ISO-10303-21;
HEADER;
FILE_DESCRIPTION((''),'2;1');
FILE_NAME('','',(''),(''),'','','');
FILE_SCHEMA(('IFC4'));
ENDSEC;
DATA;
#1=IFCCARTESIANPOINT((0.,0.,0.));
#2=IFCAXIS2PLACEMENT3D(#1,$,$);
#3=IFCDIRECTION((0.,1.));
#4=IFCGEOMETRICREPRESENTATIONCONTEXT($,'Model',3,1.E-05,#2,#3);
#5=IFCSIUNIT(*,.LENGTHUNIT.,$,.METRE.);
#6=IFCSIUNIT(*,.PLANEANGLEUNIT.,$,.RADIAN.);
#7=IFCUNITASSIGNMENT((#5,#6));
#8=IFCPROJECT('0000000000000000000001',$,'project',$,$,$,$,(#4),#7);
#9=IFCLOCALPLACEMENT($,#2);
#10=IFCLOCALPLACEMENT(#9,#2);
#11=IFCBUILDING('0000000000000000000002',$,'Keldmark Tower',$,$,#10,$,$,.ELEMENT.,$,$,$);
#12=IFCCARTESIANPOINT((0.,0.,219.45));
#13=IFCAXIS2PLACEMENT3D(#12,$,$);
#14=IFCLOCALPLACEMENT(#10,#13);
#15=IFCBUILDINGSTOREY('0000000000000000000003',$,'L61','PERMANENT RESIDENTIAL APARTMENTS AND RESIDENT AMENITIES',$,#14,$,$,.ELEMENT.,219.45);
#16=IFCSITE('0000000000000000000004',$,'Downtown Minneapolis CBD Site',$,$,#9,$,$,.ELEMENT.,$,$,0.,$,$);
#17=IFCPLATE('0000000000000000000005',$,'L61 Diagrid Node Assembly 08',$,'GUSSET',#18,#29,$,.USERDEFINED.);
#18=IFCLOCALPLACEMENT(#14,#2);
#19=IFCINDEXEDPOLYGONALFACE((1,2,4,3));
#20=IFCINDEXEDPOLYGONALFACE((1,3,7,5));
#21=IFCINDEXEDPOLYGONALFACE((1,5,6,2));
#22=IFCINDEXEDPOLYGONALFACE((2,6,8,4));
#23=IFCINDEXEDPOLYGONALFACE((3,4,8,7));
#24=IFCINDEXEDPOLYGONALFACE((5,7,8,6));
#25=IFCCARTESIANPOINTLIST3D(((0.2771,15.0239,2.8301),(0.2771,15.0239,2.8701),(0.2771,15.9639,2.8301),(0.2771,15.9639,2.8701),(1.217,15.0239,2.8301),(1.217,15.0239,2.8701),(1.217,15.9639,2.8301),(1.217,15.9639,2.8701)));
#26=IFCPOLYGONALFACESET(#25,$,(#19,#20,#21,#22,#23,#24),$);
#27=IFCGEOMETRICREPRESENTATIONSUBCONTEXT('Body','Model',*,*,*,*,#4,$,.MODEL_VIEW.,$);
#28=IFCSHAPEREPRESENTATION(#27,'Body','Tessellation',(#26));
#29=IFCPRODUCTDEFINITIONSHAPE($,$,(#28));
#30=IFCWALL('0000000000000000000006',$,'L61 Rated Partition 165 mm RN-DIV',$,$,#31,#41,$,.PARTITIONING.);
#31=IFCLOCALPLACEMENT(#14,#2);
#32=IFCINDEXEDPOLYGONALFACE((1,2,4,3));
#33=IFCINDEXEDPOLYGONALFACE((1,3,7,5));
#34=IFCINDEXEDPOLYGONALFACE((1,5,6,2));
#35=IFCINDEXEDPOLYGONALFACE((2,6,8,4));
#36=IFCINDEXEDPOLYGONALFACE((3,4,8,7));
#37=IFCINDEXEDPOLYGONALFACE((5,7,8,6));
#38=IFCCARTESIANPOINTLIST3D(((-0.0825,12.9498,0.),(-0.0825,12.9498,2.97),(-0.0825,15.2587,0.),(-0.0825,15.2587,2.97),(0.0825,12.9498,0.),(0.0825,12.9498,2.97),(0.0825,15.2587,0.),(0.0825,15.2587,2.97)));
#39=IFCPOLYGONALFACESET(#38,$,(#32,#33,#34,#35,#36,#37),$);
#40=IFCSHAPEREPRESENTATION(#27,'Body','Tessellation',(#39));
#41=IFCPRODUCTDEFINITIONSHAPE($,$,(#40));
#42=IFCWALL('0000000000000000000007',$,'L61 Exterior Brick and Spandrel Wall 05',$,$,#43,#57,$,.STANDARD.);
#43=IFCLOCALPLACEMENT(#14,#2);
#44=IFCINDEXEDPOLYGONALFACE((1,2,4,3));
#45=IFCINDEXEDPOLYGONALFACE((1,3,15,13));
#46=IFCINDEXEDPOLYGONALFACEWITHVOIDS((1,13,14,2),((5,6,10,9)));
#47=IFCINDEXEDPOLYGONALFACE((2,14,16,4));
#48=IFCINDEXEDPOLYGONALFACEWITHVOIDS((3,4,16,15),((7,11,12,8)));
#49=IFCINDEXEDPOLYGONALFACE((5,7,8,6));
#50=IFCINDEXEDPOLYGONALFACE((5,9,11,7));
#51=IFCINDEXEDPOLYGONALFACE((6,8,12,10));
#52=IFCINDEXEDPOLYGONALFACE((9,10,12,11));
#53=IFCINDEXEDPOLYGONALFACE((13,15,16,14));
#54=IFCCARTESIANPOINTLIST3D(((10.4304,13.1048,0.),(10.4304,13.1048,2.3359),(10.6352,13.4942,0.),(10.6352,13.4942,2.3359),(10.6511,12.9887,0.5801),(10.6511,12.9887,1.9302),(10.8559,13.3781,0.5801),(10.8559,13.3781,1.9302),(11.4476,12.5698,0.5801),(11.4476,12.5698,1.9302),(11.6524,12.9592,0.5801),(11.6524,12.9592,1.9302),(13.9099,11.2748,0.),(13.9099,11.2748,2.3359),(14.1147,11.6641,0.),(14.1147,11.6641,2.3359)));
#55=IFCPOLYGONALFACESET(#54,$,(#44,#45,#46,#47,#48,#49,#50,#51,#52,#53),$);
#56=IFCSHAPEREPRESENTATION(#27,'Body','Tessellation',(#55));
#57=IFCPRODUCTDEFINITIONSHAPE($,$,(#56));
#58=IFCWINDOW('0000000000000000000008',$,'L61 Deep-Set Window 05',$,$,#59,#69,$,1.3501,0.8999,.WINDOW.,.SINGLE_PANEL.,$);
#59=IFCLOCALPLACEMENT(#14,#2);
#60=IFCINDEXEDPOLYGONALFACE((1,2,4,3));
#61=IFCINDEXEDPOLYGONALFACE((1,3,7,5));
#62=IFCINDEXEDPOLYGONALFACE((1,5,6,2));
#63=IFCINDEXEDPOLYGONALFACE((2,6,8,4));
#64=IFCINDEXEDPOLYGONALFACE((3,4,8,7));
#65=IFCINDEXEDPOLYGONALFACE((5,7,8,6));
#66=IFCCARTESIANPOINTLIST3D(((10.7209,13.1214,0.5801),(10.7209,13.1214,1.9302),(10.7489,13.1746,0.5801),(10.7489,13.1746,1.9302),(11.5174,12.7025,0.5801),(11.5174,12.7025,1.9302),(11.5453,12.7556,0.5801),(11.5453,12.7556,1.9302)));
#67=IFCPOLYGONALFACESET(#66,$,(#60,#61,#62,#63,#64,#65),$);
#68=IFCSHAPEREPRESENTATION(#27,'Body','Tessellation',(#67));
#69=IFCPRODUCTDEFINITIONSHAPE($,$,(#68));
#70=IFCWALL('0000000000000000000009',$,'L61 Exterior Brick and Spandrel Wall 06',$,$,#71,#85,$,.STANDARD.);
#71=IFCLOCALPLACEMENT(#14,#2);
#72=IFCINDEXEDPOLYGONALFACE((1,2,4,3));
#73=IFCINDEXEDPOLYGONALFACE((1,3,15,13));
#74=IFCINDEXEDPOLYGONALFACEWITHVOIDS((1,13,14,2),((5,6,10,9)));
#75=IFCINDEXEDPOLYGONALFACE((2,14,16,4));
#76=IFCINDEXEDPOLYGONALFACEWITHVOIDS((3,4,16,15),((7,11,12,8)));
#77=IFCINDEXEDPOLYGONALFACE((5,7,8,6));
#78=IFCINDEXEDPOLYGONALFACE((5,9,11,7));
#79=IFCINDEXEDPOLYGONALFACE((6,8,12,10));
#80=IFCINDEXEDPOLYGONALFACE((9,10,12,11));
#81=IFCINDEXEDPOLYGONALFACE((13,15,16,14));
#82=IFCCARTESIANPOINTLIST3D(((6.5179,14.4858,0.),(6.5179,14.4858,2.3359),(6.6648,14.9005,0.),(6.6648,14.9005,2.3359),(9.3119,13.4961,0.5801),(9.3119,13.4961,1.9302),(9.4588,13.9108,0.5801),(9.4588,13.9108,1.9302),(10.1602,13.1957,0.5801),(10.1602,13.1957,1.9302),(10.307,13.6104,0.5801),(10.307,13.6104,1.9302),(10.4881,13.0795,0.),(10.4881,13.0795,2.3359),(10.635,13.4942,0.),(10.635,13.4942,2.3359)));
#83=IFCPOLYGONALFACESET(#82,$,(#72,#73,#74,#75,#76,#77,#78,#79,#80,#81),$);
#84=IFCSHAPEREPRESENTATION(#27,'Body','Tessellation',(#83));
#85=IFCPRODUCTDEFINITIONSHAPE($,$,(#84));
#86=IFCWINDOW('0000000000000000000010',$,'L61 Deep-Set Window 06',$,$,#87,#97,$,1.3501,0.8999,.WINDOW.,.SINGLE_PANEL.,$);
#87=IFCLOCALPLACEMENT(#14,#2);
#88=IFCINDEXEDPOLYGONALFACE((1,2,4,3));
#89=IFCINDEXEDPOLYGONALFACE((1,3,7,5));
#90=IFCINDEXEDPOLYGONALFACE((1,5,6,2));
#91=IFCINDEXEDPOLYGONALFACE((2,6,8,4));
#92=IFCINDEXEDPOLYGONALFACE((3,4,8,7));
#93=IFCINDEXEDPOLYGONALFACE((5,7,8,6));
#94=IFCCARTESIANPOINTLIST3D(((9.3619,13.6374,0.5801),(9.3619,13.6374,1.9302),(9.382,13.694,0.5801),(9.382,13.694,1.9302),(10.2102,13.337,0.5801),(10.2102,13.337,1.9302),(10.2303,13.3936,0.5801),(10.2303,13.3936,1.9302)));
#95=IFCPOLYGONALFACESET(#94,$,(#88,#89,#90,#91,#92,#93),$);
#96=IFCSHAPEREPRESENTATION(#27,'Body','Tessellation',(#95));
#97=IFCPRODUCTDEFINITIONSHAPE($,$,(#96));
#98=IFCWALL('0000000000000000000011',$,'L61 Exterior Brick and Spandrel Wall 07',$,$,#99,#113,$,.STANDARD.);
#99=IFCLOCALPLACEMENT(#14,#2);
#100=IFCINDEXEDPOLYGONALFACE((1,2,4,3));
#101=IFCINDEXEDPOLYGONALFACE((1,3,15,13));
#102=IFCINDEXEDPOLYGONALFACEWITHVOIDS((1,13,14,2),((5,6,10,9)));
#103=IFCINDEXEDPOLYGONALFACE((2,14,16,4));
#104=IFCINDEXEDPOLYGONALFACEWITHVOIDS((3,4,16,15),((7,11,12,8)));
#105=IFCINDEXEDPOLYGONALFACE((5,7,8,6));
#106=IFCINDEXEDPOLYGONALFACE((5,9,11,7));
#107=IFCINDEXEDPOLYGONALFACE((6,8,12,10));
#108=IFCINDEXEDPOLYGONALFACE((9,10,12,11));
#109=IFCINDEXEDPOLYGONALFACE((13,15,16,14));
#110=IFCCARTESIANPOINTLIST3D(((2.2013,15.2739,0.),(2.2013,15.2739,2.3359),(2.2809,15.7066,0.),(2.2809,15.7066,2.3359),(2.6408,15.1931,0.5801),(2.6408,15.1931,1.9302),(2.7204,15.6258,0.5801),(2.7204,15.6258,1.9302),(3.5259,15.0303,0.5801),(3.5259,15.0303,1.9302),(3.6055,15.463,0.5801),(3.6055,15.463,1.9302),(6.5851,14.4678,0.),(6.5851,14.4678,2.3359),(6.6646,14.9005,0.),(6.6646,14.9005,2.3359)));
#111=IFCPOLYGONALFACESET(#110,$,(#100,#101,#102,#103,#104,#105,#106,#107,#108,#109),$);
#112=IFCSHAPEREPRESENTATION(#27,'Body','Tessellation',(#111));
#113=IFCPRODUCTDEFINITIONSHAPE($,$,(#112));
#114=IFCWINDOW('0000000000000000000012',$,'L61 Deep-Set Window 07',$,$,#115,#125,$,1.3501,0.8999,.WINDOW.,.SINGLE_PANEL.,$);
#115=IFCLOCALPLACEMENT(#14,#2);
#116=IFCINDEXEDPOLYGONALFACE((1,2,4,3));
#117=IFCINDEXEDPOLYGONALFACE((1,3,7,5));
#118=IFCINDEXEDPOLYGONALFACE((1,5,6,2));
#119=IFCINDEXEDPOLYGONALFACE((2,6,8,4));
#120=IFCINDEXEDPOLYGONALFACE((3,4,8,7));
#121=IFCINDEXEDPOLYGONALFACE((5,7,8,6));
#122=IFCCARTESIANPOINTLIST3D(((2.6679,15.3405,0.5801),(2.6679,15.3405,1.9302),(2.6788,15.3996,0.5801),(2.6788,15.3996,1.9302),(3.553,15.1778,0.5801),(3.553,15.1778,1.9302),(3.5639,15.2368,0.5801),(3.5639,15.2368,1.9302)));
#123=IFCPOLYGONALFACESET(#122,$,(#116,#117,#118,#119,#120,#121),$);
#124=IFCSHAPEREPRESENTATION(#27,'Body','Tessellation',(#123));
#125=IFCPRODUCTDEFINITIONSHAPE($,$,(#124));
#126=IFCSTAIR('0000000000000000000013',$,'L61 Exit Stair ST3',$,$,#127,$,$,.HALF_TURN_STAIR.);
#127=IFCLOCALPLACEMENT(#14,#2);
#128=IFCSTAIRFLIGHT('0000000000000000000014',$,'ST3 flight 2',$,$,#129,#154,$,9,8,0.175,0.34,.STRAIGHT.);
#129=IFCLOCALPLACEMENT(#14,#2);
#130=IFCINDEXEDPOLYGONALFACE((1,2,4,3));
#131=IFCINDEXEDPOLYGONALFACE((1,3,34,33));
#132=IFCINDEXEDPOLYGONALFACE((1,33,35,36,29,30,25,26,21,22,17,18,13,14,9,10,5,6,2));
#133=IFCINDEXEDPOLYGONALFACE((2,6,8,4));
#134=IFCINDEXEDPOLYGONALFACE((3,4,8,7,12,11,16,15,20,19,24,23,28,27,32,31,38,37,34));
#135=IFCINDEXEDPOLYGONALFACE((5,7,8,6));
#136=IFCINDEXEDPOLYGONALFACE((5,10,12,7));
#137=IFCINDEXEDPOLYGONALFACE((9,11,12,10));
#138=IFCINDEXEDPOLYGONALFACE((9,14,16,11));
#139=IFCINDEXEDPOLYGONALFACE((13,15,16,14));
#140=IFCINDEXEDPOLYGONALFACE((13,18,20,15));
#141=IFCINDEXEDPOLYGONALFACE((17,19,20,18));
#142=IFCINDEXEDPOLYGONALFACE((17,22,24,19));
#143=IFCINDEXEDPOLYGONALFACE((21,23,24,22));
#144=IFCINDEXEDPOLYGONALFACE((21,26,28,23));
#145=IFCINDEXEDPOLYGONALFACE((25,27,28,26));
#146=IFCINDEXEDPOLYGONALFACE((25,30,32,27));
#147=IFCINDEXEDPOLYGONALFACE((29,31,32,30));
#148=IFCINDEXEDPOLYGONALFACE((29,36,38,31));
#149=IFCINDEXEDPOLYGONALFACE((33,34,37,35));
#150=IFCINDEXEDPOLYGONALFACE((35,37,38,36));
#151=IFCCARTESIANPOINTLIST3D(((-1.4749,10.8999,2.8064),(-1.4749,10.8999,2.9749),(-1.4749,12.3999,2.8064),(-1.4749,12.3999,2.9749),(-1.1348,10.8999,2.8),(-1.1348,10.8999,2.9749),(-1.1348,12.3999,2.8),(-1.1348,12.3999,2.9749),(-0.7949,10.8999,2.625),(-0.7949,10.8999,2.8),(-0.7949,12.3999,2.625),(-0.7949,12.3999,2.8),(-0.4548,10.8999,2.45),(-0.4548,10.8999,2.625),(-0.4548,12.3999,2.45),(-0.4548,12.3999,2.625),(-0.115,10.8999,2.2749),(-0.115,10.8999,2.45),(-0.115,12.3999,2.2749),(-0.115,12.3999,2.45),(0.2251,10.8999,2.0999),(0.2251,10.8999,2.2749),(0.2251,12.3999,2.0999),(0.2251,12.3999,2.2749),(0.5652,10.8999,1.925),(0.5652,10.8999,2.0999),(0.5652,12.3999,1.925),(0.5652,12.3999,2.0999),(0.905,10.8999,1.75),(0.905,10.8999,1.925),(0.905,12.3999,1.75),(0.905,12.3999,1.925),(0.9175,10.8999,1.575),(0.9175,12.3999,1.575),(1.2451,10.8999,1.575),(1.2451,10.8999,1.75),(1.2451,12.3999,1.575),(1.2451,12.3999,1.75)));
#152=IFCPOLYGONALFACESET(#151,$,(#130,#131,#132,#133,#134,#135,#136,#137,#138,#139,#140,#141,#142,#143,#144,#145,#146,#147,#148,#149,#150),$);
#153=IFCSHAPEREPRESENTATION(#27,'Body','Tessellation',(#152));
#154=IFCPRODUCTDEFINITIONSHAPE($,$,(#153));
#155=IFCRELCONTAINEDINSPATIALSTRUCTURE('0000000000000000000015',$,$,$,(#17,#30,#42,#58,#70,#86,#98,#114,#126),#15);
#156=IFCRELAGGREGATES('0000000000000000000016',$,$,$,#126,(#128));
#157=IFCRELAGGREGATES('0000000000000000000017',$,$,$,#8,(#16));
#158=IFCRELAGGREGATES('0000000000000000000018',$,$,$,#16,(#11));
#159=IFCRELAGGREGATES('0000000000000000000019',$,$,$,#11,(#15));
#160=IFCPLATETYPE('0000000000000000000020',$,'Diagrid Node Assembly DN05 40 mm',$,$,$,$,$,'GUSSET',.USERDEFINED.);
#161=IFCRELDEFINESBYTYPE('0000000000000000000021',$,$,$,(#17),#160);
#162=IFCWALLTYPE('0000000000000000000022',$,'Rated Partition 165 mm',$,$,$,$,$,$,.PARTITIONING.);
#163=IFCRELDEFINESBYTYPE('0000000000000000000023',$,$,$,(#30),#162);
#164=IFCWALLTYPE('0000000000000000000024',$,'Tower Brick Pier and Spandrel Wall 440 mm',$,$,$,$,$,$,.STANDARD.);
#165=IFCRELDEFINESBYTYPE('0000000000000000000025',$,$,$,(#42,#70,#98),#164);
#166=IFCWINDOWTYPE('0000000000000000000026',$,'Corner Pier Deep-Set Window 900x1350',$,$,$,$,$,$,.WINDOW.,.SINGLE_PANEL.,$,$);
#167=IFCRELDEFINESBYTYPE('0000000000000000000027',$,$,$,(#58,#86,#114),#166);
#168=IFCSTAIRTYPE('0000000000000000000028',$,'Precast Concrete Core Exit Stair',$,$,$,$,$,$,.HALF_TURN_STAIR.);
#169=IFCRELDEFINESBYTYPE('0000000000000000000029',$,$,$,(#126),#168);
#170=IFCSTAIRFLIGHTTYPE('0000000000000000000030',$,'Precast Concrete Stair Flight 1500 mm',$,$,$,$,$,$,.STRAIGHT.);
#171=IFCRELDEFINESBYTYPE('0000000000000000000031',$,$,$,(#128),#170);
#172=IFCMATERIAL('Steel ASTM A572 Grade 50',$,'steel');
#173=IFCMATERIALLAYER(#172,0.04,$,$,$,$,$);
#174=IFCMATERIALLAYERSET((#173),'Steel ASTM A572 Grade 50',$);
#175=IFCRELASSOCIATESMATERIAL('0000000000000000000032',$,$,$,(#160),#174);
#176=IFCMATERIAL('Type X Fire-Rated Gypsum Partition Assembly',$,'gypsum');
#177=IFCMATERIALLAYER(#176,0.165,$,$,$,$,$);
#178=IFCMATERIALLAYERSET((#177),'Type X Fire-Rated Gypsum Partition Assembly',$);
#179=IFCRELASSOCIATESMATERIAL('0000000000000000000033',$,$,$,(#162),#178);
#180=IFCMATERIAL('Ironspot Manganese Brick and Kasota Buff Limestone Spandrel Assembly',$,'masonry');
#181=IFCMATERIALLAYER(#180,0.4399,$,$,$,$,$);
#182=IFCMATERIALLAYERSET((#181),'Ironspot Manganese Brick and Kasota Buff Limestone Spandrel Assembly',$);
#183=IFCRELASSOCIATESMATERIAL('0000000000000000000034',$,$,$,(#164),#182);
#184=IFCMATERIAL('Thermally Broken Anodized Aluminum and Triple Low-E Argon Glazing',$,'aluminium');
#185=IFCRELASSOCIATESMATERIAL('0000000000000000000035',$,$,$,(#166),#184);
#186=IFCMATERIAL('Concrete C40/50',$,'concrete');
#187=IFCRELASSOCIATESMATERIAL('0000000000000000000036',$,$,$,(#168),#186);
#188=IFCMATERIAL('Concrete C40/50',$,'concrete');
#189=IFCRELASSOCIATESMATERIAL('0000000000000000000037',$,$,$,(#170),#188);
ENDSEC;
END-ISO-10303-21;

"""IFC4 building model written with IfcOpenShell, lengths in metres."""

from ifc_helpers import new_model, si_unit, direction, frame, frame_2d, origin, origin_2d, place, context, subcontext, project, spatial, polyline, rectangle, outline, extrude, material, layer, layer_set, type_object, element, fill, aggregate, save


model = new_model("IFC4")

# Units and contexts
model_context = context("Model", 3, precision=1e-05, world=origin(), true_north=direction((0.0, 1.0)))
body_context = subcontext(model_context, "Body", "Model", "MODEL_VIEW")
ifc_project = project(units=[si_unit("LENGTHUNIT", "METRE"), si_unit("PLANEANGLEUNIT", "RADIAN")], contexts=[model_context])

# Site, building, storey
site_placement = place(None, origin())
site = spatial("IfcSite", under=ifc_project, at=site_placement, Name="Downtown Minneapolis CBD Site", CompositionType="ELEMENT", RefElevation=0.0)
building_placement = place(site_placement, origin())
building = spatial("IfcBuilding", under=site, at=building_placement, Name="Keldmark Tower", CompositionType="ELEMENT")
storey_placement = place(building_placement, frame((0.0, 0.0, 219.45)))
storey = spatial("IfcBuildingStorey", under=building, at=storey_placement, Name="L61", Description="PERMANENT RESIDENTIAL APARTMENTS AND RESIDENT AMENITIES", CompositionType="ELEMENT", Elevation=219.45)

# Plate
ifc_material_1 = material(Name="Steel ASTM A572 Grade 50", Category="steel")
ifc_layer_1 = layer(ifc_material_1, 0.04)
ifc_layer_set_1 = layer_set([ifc_layer_1], Name="Steel ASTM A572 Grade 50")
plate_type_1 = type_object("IfcPlateType", Name="Diagrid Node Assembly DN05 40 mm", ElementType="GUSSET", PredefinedType="USERDEFINED", material=ifc_layer_set_1)
for number, where, z_axis, x_axis, name in (
    (1, (0.7471, 15.4939, 2.8301), (0.0, 0.0, 1.0), (-1.0, 0.0, 0.0), "L61 Diagrid Node Assembly 08"),
):
    element("IfcPlate", number, at=place(storey_placement, frame(where, z_axis=z_axis, x_axis=x_axis)), inside=storey, type_object=plate_type_1, Name=name, ObjectType="GUSSET", PredefinedType="USERDEFINED", context=body_context, shape_type="SweptSolid", body=[
        extrude(rectangle(XDim=0.9399, YDim=0.9399, at=origin_2d()), origin(), (0.0, 0.0, 1.0), 0.04),
    ])

# Wall
ifc_material_2 = material(Name="Type X Fire-Rated Gypsum Partition Assembly", Category="gypsum")
ifc_layer_2 = layer(ifc_material_2, 0.165)
ifc_layer_set_2 = layer_set([ifc_layer_2], Name="Type X Fire-Rated Gypsum Partition Assembly")
wall_type_1 = type_object("IfcWallType", Name="Rated Partition 165 mm", PredefinedType="PARTITIONING", material=ifc_layer_set_2)
wall_1_placement = place(storey_placement, frame((0.0, 12.95, 0.0), z_axis=(0.0, 0.0, 1.0), x_axis=(0.0, 1.0, 0.0)))
element("IfcWall", 2, at=wall_1_placement, inside=storey, type_object=wall_type_1, Name="L61 Rated Partition 165 mm RN-DIV", PredefinedType="PARTITIONING", context=body_context, shape_type="SweptSolid", body=[
    extrude(rectangle(XDim=2.3088, YDim=0.165, at=frame_2d((1.1543, 0.0))), origin(), (0.0, 0.0, 1.0), 2.97),
])

# Walls, openings, windows
ifc_material_3 = material(Name="Ironspot Manganese Brick and Kasota Buff Limestone Spandrel Assembly", Category="masonry")
ifc_layer_3 = layer(ifc_material_3, 0.4399)
ifc_layer_set_3 = layer_set([ifc_layer_3], Name="Ironspot Manganese Brick and Kasota Buff Limestone Spandrel Assembly")
wall_type_2 = type_object("IfcWallType", Name="Tower Brick Pier and Spandrel Wall 440 mm", PredefinedType="STANDARD", material=ifc_layer_set_3)
wall_2_placement = place(storey_placement, frame((10.5327, 13.2996, 0.0), z_axis=(0.0, 0.0, 1.0), x_axis=(0.885048, -0.465501, 0.0)))
wall_2 = element("IfcWall", 3, at=wall_2_placement, inside=storey, type_object=wall_type_2, Name="L61 Exterior Brick and Spandrel Wall 05", PredefinedType="STANDARD", context=body_context, shape_type="SweptSolid", body=[
    extrude(rectangle(XDim=3.9314, YDim=0.4399, at=frame_2d((1.9658, 0.0))), origin(), (0.0, 0.0, 1.0), 2.3359),
])
opening_1_placement = place(wall_2_placement, frame((0.2495, 0.0, 0.5801)))
opening_1 = element("IfcOpeningElement", 4, at=opening_1_placement, cuts=wall_2, PredefinedType="OPENING", context=body_context, shape_type="SweptSolid", body=[
    extrude(rectangle(XDim=0.8999, YDim=1.3501, at=frame_2d((0.45, 0.675))), frame((0.0, 0.23, 0.0), z_axis=(0.0, -1.0, 0.0), x_axis=(1.0, 0.0, 0.0)), (0.0, 0.0, 1.0), 0.46),
])
ifc_material_4 = material(Name="Thermally Broken Anodized Aluminum and Triple Low-E Argon Glazing", Category="aluminium")
window_type = type_object("IfcWindowType", Name="Corner Pier Deep-Set Window 900x1350", PartitioningType="SINGLE_PANEL", PredefinedType="WINDOW", material=ifc_material_4)
window_1_placement = place(opening_1_placement, origin())
window_1 = element("IfcWindow", 5, at=window_1_placement, inside=storey, type_object=window_type, Name="L61 Deep-Set Window 05", OverallHeight=1.3501, OverallWidth=0.8999, PartitioningType="SINGLE_PANEL", PredefinedType="WINDOW", context=body_context, shape_type="SweptSolid", body=[
    extrude(rectangle(XDim=0.8999, YDim=1.3501, at=frame_2d((0.45, 0.675))), frame((0.0, -0.01, 0.0), z_axis=(0.0, -1.0, 0.0), x_axis=(1.0, 0.0, 0.0)), (0.0, 0.0, 1.0), 0.0601),
])
fill(opening_1, window_1)
wall_3_placement = place(storey_placement, frame((6.5913, 14.6931, 0.0), z_axis=(0.0, 0.0, 1.0), x_axis=(0.942617, -0.333875, 0.0)))
wall_3 = element("IfcWall", 6, at=wall_3_placement, inside=storey, type_object=wall_type_2, Name="L61 Exterior Brick and Spandrel Wall 06", PredefinedType="STANDARD", context=body_context, shape_type="SweptSolid", body=[
    extrude(rectangle(XDim=4.2119, YDim=0.4399, at=frame_2d((2.106, 0.0))), origin(), (0.0, 0.0, 1.0), 2.3359),
])
opening_2_placement = place(wall_3_placement, frame((2.9641, 0.0, 0.5801)))
opening_2 = element("IfcOpeningElement", 7, at=opening_2_placement, cuts=wall_3, PredefinedType="OPENING", context=body_context, shape_type="SweptSolid", body=[
    extrude(rectangle(XDim=0.8999, YDim=1.3501, at=frame_2d((0.45, 0.675))), frame((0.0, 0.23, 0.0), z_axis=(0.0, -1.0, 0.0), x_axis=(1.0, 0.0, 0.0)), (0.0, 0.0, 1.0), 0.46),
])
window_2_placement = place(opening_2_placement, origin())
window_2 = element("IfcWindow", 8, at=window_2_placement, inside=storey, type_object=window_type, Name="L61 Deep-Set Window 06", OverallHeight=1.3501, OverallWidth=0.8999, PartitioningType="SINGLE_PANEL", PredefinedType="WINDOW", context=body_context, shape_type="SweptSolid", body=[
    extrude(rectangle(XDim=0.8999, YDim=1.3501, at=frame_2d((0.45, 0.675))), frame((0.0, -0.01, 0.0), z_axis=(0.0, -1.0, 0.0), x_axis=(1.0, 0.0, 0.0)), (0.0, 0.0, 1.0), 0.0601),
])
fill(opening_2, window_2)
wall_4_placement = place(storey_placement, frame((2.2412, 15.4902, 0.0), z_axis=(0.0, 0.0, 1.0), x_axis=(0.983509, -0.180861, 0.0)))
wall_4 = element("IfcWall", 9, at=wall_4_placement, inside=storey, type_object=wall_type_2, Name="L61 Exterior Brick and Spandrel Wall 07", PredefinedType="STANDARD", context=body_context, shape_type="SweptSolid", body=[
    extrude(rectangle(XDim=4.4573, YDim=0.4399, at=frame_2d((2.2285, 0.0))), origin(), (0.0, 0.0, 1.0), 2.3359),
])
opening_3_placement = place(wall_4_placement, frame((0.4468, 0.0, 0.5801)))
opening_3 = element("IfcOpeningElement", 10, at=opening_3_placement, cuts=wall_4, PredefinedType="OPENING", context=body_context, shape_type="SweptSolid", body=[
    extrude(rectangle(XDim=0.8999, YDim=1.3501, at=frame_2d((0.45, 0.675))), frame((0.0, 0.23, 0.0), z_axis=(0.0, -1.0, 0.0), x_axis=(1.0, 0.0, 0.0)), (0.0, 0.0, 1.0), 0.46),
])
window_3_placement = place(opening_3_placement, origin())
window_3 = element("IfcWindow", 11, at=window_3_placement, inside=storey, type_object=window_type, Name="L61 Deep-Set Window 07", OverallHeight=1.3501, OverallWidth=0.8999, PartitioningType="SINGLE_PANEL", PredefinedType="WINDOW", context=body_context, shape_type="SweptSolid", body=[
    extrude(rectangle(XDim=0.8999, YDim=1.3501, at=frame_2d((0.45, 0.675))), frame((0.0, -0.01, 0.0), z_axis=(0.0, -1.0, 0.0), x_axis=(1.0, 0.0, 0.0)), (0.0, 0.0, 1.0), 0.0601),
])
fill(opening_3, window_3)

# Stair, stair flight
ifc_material_5 = material(Name="Concrete C40/50", Category="concrete")
stair_type = type_object("IfcStairType", Name="Precast Concrete Core Exit Stair", PredefinedType="HALF_TURN_STAIR", material=ifc_material_5)
stair_placement = place(storey_placement, origin())
stair = element("IfcStair", 12, at=stair_placement, inside=storey, type_object=stair_type, Name="L61 Exit Stair ST3", PredefinedType="HALF_TURN_STAIR")
ifc_material_6 = material(Name="Concrete C40/50", Category="concrete")
stair_flight_type = type_object("IfcStairFlightType", Name="Precast Concrete Stair Flight 1500 mm", PredefinedType="STRAIGHT", material=ifc_material_6)
stair_flight_placement = place(storey_placement, frame((1.2451, 11.6499, 1.575), z_axis=(0.0, 0.0, 1.0), x_axis=(-1.0, 0.0, 0.0)))
stair_flight = element("IfcStairFlight", 13, at=stair_flight_placement, type_object=stair_flight_type, Name="ST3 flight 2", NumberOfRisers=9, NumberOfTreads=8, PredefinedType="STRAIGHT", RiserHeight=0.175, TreadLength=0.34, context=body_context, shape_type="SweptSolid", body=[
    extrude(outline(polyline([(0.0, 0.0), (0.0, 0.175), (0.3401, 0.175), (0.3401, 0.3501), (0.6799, 0.3501), (0.6799, 0.5249), (1.02, 0.5249), (1.02, 0.7), (1.3601, 0.7), (1.3601, 0.875), (1.7, 0.875), (1.7, 1.05), (2.04, 1.05), (2.04, 1.2251), (2.3799, 1.2251), (2.3799, 1.3999), (2.72, 1.3999), (2.72, 1.575), (2.72, 1.2314), (0.3276, 0.0), (0.0, 0.0)])), frame((0.0, 0.75, 0.0), z_axis=(0.0, -1.0, 0.0), x_axis=(1.0, 0.0, 0.0)), (0.0, 0.0, 1.0), 1.5),
])
aggregate(stair, [stair_flight])

save(model, "model.ifc")
